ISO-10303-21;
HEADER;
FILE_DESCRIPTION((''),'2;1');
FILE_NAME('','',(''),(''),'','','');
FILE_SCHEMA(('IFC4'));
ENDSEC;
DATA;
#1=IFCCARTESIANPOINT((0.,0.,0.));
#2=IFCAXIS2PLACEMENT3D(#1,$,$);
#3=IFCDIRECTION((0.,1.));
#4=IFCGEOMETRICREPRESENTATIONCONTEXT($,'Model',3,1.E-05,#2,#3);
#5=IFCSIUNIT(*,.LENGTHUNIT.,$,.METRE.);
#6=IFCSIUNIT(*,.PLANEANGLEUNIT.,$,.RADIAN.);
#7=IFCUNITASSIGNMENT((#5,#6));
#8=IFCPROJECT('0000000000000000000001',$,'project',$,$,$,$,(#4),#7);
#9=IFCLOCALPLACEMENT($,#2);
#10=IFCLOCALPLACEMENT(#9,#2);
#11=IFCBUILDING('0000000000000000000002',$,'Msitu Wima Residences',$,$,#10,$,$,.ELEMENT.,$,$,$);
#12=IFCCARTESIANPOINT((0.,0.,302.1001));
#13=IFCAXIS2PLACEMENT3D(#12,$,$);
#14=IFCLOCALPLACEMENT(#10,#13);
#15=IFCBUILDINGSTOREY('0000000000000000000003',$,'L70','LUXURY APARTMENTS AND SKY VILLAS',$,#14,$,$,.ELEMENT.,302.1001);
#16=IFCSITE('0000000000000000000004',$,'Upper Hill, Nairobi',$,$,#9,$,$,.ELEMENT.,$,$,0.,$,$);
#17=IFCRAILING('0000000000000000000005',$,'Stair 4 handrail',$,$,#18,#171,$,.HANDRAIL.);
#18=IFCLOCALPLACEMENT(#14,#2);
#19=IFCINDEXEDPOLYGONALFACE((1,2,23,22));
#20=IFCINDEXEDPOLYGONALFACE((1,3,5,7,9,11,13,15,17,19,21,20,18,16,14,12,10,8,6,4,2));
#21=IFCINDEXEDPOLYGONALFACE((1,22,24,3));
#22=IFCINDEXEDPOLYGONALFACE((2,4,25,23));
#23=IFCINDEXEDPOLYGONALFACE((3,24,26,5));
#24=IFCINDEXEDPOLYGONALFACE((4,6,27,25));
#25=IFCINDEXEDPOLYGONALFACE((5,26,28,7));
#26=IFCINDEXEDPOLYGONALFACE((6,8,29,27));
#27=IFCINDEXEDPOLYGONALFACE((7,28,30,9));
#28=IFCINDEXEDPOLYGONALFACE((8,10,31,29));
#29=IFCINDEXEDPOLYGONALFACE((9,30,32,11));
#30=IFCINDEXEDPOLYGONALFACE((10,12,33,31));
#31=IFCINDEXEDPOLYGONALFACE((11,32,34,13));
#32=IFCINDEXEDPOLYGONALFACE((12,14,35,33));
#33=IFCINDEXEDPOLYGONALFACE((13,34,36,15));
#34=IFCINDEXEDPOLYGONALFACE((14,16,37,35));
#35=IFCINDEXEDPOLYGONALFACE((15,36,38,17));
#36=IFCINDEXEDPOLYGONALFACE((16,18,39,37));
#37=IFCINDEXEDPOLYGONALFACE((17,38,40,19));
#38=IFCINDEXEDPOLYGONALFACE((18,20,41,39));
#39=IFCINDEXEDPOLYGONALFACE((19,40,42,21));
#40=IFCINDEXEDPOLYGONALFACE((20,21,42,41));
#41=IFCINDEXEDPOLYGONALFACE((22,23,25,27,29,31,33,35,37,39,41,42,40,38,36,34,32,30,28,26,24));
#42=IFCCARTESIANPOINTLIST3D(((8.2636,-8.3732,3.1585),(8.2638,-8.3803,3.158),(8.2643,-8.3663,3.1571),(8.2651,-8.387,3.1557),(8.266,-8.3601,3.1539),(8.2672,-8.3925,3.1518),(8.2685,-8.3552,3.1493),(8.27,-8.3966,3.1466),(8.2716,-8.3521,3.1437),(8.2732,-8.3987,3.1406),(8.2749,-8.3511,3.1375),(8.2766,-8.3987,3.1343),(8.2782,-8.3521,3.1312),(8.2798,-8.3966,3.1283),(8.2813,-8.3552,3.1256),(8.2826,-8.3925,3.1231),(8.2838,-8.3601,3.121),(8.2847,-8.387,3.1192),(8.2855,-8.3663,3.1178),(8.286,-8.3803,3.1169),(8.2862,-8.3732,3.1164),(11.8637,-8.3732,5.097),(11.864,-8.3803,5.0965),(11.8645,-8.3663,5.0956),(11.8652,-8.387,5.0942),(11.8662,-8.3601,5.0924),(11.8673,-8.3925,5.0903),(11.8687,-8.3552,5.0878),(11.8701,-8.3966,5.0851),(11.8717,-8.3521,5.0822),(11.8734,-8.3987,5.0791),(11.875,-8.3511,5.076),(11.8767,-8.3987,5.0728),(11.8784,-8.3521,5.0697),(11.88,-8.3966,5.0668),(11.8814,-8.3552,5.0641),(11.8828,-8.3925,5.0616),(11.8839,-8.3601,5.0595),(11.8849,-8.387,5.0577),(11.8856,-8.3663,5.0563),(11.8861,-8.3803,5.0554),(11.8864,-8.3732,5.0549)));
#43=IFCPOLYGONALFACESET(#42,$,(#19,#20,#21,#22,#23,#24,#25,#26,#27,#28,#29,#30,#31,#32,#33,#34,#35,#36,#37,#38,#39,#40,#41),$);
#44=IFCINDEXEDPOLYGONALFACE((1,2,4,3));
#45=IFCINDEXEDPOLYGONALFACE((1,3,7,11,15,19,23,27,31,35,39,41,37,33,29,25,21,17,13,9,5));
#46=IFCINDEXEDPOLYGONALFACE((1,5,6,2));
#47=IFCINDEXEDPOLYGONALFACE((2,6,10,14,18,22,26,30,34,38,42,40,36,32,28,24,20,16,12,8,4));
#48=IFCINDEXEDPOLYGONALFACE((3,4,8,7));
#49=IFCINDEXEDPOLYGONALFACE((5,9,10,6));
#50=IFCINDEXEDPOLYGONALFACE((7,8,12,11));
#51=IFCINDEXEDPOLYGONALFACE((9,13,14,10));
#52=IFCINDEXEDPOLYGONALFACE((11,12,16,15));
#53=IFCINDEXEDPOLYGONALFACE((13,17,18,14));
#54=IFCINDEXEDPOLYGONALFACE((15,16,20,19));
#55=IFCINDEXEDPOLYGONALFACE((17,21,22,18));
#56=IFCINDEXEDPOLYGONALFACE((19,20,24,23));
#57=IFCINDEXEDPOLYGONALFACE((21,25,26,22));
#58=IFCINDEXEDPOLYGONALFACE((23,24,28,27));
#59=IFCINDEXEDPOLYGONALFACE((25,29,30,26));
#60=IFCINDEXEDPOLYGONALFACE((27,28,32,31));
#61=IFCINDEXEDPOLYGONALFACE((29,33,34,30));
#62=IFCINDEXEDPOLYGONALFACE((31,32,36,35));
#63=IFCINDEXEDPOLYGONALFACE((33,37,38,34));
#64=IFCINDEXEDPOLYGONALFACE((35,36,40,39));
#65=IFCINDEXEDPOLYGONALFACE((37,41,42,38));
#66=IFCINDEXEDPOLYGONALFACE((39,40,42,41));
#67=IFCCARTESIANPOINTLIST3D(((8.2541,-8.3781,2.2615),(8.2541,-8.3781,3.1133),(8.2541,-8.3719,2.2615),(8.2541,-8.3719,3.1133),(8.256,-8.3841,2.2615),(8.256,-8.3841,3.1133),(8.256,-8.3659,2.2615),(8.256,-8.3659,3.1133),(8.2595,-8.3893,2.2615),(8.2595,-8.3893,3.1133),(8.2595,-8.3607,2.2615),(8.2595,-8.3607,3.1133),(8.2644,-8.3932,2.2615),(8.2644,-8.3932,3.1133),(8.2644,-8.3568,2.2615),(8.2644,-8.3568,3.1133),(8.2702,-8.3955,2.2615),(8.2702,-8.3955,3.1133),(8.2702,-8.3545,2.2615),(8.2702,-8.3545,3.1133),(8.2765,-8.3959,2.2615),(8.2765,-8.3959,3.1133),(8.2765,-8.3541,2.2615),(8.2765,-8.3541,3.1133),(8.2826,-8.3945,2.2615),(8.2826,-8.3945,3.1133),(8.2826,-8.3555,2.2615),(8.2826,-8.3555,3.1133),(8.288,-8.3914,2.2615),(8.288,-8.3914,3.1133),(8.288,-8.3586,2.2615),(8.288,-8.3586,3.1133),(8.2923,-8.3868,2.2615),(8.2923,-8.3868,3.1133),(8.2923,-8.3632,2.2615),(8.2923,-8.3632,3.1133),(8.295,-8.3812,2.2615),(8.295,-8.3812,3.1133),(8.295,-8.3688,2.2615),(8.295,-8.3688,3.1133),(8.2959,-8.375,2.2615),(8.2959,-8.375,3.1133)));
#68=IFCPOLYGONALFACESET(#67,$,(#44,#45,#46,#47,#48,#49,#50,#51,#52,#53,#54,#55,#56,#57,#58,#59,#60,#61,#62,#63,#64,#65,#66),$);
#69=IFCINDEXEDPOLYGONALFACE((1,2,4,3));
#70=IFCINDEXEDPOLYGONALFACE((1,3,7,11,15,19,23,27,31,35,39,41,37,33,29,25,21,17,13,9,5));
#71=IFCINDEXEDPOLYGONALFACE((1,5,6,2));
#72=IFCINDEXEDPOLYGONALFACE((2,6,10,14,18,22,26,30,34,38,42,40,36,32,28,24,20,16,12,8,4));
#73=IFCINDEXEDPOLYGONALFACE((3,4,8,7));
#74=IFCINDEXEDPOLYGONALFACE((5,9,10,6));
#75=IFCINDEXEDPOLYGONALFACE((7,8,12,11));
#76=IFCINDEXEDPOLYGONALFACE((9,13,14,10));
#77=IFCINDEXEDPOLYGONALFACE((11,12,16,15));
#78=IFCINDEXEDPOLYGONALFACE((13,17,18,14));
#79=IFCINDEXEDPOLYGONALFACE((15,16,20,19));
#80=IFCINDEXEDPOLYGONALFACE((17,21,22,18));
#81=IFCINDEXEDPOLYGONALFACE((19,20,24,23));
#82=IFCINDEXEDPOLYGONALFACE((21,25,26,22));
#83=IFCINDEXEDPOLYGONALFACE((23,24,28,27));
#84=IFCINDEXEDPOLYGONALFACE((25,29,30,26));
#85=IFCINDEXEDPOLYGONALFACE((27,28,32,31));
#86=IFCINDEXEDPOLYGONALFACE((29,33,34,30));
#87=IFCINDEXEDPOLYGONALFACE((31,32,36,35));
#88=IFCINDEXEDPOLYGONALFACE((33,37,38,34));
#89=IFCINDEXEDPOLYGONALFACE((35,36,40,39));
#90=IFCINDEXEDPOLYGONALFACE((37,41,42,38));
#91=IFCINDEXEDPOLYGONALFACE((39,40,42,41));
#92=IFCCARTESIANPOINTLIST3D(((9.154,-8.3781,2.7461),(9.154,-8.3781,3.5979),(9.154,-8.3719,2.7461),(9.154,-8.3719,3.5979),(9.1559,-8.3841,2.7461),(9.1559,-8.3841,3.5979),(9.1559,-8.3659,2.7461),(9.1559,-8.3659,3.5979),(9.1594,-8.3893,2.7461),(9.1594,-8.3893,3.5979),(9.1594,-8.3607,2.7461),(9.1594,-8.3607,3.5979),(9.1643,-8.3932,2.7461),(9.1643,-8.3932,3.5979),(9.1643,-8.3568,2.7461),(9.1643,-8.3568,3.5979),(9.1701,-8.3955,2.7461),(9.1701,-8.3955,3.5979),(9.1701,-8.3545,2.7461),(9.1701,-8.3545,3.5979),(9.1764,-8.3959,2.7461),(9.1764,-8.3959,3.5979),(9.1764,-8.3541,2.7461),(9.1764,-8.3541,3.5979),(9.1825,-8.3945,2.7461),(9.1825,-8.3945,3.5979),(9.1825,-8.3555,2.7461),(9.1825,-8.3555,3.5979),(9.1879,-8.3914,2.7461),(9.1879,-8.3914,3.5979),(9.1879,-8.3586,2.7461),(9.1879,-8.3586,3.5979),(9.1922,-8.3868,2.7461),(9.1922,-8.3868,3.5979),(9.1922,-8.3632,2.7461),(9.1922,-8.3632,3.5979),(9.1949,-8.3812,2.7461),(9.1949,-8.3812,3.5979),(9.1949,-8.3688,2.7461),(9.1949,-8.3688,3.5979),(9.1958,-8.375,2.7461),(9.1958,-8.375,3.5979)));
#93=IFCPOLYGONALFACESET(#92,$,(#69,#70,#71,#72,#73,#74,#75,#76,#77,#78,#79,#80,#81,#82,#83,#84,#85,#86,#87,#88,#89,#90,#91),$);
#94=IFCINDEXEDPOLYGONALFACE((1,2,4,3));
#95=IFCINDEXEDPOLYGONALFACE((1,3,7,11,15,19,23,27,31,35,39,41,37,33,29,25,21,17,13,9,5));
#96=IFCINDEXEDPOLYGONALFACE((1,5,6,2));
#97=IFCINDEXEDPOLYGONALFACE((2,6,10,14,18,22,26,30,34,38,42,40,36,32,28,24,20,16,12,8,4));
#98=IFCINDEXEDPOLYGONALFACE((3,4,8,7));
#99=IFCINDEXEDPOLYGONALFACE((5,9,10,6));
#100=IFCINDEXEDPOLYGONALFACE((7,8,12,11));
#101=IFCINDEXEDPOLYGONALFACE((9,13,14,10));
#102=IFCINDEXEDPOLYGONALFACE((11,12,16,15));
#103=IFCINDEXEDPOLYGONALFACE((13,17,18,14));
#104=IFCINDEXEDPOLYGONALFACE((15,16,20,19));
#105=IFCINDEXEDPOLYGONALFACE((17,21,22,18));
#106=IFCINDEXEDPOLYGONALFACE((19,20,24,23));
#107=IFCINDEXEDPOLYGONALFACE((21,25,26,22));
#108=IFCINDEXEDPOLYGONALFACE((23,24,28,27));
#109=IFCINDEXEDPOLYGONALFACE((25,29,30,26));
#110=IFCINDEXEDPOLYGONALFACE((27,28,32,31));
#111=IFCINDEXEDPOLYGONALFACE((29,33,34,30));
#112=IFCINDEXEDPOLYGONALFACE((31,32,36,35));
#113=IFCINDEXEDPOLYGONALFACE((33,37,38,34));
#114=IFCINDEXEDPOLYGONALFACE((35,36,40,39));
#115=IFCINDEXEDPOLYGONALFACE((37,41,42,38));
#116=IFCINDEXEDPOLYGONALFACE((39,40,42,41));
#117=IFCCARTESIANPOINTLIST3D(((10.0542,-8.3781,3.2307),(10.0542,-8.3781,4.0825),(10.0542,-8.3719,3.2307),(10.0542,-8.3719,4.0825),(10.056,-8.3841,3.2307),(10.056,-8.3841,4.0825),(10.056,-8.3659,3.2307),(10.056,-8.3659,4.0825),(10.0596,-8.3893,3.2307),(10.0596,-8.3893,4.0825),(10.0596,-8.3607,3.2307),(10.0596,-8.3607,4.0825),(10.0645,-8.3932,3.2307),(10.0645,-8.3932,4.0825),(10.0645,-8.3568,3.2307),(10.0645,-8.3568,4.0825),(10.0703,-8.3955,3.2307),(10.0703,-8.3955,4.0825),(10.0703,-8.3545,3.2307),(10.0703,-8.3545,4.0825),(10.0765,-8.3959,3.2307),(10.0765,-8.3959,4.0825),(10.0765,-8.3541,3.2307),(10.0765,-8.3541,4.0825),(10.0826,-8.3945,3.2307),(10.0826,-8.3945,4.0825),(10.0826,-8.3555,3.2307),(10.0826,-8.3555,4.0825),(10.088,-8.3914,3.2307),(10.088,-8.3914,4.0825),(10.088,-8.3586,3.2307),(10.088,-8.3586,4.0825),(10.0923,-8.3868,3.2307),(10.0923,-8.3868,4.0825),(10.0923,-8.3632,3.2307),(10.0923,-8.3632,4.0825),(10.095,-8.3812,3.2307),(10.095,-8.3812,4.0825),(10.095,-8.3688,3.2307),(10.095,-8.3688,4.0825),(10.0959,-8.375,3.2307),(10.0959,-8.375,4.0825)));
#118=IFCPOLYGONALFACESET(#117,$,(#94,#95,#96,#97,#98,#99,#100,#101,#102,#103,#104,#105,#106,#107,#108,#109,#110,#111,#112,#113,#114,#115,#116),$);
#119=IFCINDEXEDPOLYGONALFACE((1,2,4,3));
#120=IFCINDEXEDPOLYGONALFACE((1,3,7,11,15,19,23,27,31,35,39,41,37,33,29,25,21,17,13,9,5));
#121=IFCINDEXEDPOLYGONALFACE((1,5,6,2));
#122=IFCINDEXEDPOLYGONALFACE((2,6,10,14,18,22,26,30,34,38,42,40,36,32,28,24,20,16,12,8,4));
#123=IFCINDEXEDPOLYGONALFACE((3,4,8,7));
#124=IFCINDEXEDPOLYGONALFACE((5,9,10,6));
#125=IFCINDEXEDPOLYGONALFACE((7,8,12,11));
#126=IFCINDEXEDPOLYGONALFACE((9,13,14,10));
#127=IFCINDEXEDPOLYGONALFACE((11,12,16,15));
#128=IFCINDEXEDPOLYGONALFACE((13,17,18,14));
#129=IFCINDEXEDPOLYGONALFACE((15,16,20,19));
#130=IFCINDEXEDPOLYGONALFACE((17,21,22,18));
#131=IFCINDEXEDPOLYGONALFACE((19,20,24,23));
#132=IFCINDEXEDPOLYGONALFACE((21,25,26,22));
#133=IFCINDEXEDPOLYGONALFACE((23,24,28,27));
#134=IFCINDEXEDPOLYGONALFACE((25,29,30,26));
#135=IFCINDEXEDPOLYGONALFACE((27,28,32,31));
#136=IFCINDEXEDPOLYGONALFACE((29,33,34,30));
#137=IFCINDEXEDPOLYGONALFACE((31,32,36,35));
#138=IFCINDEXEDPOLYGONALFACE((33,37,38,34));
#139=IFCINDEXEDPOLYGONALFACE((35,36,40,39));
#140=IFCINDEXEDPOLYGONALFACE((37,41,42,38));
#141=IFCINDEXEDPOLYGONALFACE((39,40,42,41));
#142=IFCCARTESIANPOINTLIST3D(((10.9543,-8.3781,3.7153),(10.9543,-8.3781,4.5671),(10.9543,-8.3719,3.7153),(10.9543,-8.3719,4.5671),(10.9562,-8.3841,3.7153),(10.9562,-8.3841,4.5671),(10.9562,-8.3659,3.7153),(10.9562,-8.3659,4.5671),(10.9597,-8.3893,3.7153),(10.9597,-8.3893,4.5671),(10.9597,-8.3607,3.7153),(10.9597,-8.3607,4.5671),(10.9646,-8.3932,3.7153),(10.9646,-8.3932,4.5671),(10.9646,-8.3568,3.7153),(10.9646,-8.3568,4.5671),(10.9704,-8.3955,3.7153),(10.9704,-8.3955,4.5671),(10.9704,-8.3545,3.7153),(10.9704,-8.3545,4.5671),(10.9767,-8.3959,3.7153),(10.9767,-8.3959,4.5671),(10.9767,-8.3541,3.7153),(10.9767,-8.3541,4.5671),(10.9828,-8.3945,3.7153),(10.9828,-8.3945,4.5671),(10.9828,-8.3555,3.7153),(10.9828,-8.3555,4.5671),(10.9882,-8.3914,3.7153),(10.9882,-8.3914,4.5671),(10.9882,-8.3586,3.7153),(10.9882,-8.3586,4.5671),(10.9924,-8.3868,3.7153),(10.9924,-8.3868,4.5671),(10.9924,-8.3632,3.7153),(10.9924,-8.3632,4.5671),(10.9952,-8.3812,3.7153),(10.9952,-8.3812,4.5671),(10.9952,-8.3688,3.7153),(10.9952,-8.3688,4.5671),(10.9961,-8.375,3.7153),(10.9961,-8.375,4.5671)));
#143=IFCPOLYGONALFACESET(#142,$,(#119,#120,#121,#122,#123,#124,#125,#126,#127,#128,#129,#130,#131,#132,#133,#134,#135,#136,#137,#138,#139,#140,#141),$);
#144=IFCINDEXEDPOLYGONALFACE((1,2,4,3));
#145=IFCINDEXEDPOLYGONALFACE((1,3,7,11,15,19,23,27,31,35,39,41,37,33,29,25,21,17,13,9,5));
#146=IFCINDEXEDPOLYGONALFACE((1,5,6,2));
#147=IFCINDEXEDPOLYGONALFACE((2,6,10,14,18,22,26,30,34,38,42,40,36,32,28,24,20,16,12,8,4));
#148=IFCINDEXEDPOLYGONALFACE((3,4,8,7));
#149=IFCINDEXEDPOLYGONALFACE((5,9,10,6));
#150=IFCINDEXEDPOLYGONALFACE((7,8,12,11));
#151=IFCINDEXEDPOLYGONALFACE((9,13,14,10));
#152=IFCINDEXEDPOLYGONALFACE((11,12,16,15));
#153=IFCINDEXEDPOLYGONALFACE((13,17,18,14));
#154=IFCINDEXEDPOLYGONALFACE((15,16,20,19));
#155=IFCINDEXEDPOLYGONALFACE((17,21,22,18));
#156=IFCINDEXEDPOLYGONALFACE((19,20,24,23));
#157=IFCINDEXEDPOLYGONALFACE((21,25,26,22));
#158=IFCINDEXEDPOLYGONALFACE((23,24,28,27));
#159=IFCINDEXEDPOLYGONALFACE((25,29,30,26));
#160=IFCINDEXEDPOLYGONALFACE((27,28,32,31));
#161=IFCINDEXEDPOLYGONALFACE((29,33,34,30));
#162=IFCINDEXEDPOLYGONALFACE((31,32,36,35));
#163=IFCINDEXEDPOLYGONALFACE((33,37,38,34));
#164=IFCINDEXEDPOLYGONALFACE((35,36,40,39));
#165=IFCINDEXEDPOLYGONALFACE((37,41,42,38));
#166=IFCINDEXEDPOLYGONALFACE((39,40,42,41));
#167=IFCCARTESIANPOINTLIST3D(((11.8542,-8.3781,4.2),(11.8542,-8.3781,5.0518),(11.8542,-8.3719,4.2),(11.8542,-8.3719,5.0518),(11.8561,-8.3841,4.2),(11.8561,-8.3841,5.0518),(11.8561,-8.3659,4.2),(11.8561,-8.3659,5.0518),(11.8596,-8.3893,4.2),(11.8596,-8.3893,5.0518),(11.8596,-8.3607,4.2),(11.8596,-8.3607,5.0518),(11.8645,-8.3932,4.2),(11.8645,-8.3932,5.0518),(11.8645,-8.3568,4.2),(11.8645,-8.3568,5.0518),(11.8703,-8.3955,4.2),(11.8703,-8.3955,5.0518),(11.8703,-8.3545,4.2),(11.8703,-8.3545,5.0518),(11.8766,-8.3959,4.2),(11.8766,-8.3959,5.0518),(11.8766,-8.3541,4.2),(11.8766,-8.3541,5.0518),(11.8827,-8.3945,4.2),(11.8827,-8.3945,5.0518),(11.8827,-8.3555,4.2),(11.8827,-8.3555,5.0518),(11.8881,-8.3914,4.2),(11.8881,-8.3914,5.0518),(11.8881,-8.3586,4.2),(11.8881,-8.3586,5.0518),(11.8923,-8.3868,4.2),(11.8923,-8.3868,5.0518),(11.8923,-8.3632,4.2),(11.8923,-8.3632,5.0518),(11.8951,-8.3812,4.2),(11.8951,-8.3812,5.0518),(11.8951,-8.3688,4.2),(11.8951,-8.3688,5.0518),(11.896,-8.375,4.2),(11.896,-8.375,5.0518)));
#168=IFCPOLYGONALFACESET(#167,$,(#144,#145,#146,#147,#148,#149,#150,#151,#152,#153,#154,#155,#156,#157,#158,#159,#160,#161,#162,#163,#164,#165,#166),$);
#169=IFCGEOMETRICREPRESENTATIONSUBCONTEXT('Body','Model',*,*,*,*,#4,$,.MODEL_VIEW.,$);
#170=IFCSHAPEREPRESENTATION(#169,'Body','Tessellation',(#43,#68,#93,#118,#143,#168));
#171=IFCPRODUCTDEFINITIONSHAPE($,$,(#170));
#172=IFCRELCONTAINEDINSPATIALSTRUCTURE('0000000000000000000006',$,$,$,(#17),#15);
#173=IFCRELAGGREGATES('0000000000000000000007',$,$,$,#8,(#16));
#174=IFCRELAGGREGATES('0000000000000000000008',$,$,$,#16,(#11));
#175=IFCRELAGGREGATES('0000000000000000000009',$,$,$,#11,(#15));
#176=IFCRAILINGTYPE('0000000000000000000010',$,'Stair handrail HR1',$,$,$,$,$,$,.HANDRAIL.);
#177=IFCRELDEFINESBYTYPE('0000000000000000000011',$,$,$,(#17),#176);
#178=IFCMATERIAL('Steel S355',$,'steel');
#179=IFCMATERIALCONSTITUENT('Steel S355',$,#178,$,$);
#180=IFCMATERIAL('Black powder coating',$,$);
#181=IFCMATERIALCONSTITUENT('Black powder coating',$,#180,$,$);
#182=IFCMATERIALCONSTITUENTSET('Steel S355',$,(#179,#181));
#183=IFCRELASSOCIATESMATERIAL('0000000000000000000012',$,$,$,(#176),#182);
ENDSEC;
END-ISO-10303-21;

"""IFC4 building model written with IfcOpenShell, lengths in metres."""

from ifc_helpers import new_model, si_unit, direction, frame, origin, origin_2d, place, context, subcontext, project, spatial, circle, extrude, material, constituent, constituent_set, type_object, element, save


model = new_model("IFC4")

# Units and contexts
model_context = context("Model", 3, precision=1e-05, world=origin(), true_north=direction((0.0, 1.0)))
body_context = subcontext(model_context, "Body", "Model", "MODEL_VIEW")
ifc_project = project(units=[si_unit("LENGTHUNIT", "METRE"), si_unit("PLANEANGLEUNIT", "RADIAN")], contexts=[model_context])

# Site, building, storey
site_placement = place(None, origin())
site = spatial("IfcSite", under=ifc_project, at=site_placement, Name="Upper Hill, Nairobi", CompositionType="ELEMENT", RefElevation=0.0)
building_placement = place(site_placement, origin())
building = spatial("IfcBuilding", under=site, at=building_placement, Name="Msitu Wima Residences", CompositionType="ELEMENT")
storey_placement = place(building_placement, frame((0.0, 0.0, 302.1001)))
storey = spatial("IfcBuildingStorey", under=building, at=storey_placement, Name="L70", Description="LUXURY APARTMENTS AND SKY VILLAS", CompositionType="ELEMENT", Elevation=302.1001)

# Railing
ifc_material_1 = material(Name="Steel S355", Category="steel")
ifc_constituent_1 = constituent(ifc_material_1, Name="Steel S355")
ifc_material_2 = material(Name="Black powder coating")
ifc_constituent_2 = constituent(ifc_material_2, Name="Black powder coating")
ifc_constituent_set = constituent_set(constituents=[ifc_constituent_1, ifc_constituent_2], Name="Steel S355")
railing_type = type_object("IfcRailingType", Name="Stair handrail HR1", PredefinedType="HANDRAIL", material=ifc_constituent_set)
for number, where, name in (
    (1, (8.2749, -8.375, 2.2615), "Stair 4 handrail"),
):
    element("IfcRailing", number, at=place(storey_placement, frame(where)), inside=storey, type_object=railing_type, Name=name, PredefinedType="HANDRAIL", context=body_context, shape_type="SweptSolid", body=[
        extrude(circle(Radius=0.0239, at=origin_2d()), frame((0.0, 0.0, 0.876), z_axis=(0.880475, 0.0, 0.474093), x_axis=(0.0, 1.0, 0.0)), (0.0, 0.0, 1.0), 4.0889),
        extrude(circle(Radius=0.021, at=origin_2d()), origin(), (0.0, 0.0, 1.0), 0.8518),
        extrude(circle(Radius=0.021, at=origin_2d()), frame((0.8999, 0.0, 0.4846)), (0.0, 0.0, 1.0), 0.8518),
        extrude(circle(Radius=0.021, at=origin_2d()), frame((1.8, 0.0, 0.9692)), (0.0, 0.0, 1.0), 0.8518),
        extrude(circle(Radius=0.021, at=origin_2d()), frame((2.7002, 0.0, 1.4539)), (0.0, 0.0, 1.0), 0.8518),
        extrude(circle(Radius=0.021, at=origin_2d()), frame((3.6001, 0.0, 1.9385)), (0.0, 0.0, 1.0), 0.8518),
    ])

save(model, "model.ifc")
